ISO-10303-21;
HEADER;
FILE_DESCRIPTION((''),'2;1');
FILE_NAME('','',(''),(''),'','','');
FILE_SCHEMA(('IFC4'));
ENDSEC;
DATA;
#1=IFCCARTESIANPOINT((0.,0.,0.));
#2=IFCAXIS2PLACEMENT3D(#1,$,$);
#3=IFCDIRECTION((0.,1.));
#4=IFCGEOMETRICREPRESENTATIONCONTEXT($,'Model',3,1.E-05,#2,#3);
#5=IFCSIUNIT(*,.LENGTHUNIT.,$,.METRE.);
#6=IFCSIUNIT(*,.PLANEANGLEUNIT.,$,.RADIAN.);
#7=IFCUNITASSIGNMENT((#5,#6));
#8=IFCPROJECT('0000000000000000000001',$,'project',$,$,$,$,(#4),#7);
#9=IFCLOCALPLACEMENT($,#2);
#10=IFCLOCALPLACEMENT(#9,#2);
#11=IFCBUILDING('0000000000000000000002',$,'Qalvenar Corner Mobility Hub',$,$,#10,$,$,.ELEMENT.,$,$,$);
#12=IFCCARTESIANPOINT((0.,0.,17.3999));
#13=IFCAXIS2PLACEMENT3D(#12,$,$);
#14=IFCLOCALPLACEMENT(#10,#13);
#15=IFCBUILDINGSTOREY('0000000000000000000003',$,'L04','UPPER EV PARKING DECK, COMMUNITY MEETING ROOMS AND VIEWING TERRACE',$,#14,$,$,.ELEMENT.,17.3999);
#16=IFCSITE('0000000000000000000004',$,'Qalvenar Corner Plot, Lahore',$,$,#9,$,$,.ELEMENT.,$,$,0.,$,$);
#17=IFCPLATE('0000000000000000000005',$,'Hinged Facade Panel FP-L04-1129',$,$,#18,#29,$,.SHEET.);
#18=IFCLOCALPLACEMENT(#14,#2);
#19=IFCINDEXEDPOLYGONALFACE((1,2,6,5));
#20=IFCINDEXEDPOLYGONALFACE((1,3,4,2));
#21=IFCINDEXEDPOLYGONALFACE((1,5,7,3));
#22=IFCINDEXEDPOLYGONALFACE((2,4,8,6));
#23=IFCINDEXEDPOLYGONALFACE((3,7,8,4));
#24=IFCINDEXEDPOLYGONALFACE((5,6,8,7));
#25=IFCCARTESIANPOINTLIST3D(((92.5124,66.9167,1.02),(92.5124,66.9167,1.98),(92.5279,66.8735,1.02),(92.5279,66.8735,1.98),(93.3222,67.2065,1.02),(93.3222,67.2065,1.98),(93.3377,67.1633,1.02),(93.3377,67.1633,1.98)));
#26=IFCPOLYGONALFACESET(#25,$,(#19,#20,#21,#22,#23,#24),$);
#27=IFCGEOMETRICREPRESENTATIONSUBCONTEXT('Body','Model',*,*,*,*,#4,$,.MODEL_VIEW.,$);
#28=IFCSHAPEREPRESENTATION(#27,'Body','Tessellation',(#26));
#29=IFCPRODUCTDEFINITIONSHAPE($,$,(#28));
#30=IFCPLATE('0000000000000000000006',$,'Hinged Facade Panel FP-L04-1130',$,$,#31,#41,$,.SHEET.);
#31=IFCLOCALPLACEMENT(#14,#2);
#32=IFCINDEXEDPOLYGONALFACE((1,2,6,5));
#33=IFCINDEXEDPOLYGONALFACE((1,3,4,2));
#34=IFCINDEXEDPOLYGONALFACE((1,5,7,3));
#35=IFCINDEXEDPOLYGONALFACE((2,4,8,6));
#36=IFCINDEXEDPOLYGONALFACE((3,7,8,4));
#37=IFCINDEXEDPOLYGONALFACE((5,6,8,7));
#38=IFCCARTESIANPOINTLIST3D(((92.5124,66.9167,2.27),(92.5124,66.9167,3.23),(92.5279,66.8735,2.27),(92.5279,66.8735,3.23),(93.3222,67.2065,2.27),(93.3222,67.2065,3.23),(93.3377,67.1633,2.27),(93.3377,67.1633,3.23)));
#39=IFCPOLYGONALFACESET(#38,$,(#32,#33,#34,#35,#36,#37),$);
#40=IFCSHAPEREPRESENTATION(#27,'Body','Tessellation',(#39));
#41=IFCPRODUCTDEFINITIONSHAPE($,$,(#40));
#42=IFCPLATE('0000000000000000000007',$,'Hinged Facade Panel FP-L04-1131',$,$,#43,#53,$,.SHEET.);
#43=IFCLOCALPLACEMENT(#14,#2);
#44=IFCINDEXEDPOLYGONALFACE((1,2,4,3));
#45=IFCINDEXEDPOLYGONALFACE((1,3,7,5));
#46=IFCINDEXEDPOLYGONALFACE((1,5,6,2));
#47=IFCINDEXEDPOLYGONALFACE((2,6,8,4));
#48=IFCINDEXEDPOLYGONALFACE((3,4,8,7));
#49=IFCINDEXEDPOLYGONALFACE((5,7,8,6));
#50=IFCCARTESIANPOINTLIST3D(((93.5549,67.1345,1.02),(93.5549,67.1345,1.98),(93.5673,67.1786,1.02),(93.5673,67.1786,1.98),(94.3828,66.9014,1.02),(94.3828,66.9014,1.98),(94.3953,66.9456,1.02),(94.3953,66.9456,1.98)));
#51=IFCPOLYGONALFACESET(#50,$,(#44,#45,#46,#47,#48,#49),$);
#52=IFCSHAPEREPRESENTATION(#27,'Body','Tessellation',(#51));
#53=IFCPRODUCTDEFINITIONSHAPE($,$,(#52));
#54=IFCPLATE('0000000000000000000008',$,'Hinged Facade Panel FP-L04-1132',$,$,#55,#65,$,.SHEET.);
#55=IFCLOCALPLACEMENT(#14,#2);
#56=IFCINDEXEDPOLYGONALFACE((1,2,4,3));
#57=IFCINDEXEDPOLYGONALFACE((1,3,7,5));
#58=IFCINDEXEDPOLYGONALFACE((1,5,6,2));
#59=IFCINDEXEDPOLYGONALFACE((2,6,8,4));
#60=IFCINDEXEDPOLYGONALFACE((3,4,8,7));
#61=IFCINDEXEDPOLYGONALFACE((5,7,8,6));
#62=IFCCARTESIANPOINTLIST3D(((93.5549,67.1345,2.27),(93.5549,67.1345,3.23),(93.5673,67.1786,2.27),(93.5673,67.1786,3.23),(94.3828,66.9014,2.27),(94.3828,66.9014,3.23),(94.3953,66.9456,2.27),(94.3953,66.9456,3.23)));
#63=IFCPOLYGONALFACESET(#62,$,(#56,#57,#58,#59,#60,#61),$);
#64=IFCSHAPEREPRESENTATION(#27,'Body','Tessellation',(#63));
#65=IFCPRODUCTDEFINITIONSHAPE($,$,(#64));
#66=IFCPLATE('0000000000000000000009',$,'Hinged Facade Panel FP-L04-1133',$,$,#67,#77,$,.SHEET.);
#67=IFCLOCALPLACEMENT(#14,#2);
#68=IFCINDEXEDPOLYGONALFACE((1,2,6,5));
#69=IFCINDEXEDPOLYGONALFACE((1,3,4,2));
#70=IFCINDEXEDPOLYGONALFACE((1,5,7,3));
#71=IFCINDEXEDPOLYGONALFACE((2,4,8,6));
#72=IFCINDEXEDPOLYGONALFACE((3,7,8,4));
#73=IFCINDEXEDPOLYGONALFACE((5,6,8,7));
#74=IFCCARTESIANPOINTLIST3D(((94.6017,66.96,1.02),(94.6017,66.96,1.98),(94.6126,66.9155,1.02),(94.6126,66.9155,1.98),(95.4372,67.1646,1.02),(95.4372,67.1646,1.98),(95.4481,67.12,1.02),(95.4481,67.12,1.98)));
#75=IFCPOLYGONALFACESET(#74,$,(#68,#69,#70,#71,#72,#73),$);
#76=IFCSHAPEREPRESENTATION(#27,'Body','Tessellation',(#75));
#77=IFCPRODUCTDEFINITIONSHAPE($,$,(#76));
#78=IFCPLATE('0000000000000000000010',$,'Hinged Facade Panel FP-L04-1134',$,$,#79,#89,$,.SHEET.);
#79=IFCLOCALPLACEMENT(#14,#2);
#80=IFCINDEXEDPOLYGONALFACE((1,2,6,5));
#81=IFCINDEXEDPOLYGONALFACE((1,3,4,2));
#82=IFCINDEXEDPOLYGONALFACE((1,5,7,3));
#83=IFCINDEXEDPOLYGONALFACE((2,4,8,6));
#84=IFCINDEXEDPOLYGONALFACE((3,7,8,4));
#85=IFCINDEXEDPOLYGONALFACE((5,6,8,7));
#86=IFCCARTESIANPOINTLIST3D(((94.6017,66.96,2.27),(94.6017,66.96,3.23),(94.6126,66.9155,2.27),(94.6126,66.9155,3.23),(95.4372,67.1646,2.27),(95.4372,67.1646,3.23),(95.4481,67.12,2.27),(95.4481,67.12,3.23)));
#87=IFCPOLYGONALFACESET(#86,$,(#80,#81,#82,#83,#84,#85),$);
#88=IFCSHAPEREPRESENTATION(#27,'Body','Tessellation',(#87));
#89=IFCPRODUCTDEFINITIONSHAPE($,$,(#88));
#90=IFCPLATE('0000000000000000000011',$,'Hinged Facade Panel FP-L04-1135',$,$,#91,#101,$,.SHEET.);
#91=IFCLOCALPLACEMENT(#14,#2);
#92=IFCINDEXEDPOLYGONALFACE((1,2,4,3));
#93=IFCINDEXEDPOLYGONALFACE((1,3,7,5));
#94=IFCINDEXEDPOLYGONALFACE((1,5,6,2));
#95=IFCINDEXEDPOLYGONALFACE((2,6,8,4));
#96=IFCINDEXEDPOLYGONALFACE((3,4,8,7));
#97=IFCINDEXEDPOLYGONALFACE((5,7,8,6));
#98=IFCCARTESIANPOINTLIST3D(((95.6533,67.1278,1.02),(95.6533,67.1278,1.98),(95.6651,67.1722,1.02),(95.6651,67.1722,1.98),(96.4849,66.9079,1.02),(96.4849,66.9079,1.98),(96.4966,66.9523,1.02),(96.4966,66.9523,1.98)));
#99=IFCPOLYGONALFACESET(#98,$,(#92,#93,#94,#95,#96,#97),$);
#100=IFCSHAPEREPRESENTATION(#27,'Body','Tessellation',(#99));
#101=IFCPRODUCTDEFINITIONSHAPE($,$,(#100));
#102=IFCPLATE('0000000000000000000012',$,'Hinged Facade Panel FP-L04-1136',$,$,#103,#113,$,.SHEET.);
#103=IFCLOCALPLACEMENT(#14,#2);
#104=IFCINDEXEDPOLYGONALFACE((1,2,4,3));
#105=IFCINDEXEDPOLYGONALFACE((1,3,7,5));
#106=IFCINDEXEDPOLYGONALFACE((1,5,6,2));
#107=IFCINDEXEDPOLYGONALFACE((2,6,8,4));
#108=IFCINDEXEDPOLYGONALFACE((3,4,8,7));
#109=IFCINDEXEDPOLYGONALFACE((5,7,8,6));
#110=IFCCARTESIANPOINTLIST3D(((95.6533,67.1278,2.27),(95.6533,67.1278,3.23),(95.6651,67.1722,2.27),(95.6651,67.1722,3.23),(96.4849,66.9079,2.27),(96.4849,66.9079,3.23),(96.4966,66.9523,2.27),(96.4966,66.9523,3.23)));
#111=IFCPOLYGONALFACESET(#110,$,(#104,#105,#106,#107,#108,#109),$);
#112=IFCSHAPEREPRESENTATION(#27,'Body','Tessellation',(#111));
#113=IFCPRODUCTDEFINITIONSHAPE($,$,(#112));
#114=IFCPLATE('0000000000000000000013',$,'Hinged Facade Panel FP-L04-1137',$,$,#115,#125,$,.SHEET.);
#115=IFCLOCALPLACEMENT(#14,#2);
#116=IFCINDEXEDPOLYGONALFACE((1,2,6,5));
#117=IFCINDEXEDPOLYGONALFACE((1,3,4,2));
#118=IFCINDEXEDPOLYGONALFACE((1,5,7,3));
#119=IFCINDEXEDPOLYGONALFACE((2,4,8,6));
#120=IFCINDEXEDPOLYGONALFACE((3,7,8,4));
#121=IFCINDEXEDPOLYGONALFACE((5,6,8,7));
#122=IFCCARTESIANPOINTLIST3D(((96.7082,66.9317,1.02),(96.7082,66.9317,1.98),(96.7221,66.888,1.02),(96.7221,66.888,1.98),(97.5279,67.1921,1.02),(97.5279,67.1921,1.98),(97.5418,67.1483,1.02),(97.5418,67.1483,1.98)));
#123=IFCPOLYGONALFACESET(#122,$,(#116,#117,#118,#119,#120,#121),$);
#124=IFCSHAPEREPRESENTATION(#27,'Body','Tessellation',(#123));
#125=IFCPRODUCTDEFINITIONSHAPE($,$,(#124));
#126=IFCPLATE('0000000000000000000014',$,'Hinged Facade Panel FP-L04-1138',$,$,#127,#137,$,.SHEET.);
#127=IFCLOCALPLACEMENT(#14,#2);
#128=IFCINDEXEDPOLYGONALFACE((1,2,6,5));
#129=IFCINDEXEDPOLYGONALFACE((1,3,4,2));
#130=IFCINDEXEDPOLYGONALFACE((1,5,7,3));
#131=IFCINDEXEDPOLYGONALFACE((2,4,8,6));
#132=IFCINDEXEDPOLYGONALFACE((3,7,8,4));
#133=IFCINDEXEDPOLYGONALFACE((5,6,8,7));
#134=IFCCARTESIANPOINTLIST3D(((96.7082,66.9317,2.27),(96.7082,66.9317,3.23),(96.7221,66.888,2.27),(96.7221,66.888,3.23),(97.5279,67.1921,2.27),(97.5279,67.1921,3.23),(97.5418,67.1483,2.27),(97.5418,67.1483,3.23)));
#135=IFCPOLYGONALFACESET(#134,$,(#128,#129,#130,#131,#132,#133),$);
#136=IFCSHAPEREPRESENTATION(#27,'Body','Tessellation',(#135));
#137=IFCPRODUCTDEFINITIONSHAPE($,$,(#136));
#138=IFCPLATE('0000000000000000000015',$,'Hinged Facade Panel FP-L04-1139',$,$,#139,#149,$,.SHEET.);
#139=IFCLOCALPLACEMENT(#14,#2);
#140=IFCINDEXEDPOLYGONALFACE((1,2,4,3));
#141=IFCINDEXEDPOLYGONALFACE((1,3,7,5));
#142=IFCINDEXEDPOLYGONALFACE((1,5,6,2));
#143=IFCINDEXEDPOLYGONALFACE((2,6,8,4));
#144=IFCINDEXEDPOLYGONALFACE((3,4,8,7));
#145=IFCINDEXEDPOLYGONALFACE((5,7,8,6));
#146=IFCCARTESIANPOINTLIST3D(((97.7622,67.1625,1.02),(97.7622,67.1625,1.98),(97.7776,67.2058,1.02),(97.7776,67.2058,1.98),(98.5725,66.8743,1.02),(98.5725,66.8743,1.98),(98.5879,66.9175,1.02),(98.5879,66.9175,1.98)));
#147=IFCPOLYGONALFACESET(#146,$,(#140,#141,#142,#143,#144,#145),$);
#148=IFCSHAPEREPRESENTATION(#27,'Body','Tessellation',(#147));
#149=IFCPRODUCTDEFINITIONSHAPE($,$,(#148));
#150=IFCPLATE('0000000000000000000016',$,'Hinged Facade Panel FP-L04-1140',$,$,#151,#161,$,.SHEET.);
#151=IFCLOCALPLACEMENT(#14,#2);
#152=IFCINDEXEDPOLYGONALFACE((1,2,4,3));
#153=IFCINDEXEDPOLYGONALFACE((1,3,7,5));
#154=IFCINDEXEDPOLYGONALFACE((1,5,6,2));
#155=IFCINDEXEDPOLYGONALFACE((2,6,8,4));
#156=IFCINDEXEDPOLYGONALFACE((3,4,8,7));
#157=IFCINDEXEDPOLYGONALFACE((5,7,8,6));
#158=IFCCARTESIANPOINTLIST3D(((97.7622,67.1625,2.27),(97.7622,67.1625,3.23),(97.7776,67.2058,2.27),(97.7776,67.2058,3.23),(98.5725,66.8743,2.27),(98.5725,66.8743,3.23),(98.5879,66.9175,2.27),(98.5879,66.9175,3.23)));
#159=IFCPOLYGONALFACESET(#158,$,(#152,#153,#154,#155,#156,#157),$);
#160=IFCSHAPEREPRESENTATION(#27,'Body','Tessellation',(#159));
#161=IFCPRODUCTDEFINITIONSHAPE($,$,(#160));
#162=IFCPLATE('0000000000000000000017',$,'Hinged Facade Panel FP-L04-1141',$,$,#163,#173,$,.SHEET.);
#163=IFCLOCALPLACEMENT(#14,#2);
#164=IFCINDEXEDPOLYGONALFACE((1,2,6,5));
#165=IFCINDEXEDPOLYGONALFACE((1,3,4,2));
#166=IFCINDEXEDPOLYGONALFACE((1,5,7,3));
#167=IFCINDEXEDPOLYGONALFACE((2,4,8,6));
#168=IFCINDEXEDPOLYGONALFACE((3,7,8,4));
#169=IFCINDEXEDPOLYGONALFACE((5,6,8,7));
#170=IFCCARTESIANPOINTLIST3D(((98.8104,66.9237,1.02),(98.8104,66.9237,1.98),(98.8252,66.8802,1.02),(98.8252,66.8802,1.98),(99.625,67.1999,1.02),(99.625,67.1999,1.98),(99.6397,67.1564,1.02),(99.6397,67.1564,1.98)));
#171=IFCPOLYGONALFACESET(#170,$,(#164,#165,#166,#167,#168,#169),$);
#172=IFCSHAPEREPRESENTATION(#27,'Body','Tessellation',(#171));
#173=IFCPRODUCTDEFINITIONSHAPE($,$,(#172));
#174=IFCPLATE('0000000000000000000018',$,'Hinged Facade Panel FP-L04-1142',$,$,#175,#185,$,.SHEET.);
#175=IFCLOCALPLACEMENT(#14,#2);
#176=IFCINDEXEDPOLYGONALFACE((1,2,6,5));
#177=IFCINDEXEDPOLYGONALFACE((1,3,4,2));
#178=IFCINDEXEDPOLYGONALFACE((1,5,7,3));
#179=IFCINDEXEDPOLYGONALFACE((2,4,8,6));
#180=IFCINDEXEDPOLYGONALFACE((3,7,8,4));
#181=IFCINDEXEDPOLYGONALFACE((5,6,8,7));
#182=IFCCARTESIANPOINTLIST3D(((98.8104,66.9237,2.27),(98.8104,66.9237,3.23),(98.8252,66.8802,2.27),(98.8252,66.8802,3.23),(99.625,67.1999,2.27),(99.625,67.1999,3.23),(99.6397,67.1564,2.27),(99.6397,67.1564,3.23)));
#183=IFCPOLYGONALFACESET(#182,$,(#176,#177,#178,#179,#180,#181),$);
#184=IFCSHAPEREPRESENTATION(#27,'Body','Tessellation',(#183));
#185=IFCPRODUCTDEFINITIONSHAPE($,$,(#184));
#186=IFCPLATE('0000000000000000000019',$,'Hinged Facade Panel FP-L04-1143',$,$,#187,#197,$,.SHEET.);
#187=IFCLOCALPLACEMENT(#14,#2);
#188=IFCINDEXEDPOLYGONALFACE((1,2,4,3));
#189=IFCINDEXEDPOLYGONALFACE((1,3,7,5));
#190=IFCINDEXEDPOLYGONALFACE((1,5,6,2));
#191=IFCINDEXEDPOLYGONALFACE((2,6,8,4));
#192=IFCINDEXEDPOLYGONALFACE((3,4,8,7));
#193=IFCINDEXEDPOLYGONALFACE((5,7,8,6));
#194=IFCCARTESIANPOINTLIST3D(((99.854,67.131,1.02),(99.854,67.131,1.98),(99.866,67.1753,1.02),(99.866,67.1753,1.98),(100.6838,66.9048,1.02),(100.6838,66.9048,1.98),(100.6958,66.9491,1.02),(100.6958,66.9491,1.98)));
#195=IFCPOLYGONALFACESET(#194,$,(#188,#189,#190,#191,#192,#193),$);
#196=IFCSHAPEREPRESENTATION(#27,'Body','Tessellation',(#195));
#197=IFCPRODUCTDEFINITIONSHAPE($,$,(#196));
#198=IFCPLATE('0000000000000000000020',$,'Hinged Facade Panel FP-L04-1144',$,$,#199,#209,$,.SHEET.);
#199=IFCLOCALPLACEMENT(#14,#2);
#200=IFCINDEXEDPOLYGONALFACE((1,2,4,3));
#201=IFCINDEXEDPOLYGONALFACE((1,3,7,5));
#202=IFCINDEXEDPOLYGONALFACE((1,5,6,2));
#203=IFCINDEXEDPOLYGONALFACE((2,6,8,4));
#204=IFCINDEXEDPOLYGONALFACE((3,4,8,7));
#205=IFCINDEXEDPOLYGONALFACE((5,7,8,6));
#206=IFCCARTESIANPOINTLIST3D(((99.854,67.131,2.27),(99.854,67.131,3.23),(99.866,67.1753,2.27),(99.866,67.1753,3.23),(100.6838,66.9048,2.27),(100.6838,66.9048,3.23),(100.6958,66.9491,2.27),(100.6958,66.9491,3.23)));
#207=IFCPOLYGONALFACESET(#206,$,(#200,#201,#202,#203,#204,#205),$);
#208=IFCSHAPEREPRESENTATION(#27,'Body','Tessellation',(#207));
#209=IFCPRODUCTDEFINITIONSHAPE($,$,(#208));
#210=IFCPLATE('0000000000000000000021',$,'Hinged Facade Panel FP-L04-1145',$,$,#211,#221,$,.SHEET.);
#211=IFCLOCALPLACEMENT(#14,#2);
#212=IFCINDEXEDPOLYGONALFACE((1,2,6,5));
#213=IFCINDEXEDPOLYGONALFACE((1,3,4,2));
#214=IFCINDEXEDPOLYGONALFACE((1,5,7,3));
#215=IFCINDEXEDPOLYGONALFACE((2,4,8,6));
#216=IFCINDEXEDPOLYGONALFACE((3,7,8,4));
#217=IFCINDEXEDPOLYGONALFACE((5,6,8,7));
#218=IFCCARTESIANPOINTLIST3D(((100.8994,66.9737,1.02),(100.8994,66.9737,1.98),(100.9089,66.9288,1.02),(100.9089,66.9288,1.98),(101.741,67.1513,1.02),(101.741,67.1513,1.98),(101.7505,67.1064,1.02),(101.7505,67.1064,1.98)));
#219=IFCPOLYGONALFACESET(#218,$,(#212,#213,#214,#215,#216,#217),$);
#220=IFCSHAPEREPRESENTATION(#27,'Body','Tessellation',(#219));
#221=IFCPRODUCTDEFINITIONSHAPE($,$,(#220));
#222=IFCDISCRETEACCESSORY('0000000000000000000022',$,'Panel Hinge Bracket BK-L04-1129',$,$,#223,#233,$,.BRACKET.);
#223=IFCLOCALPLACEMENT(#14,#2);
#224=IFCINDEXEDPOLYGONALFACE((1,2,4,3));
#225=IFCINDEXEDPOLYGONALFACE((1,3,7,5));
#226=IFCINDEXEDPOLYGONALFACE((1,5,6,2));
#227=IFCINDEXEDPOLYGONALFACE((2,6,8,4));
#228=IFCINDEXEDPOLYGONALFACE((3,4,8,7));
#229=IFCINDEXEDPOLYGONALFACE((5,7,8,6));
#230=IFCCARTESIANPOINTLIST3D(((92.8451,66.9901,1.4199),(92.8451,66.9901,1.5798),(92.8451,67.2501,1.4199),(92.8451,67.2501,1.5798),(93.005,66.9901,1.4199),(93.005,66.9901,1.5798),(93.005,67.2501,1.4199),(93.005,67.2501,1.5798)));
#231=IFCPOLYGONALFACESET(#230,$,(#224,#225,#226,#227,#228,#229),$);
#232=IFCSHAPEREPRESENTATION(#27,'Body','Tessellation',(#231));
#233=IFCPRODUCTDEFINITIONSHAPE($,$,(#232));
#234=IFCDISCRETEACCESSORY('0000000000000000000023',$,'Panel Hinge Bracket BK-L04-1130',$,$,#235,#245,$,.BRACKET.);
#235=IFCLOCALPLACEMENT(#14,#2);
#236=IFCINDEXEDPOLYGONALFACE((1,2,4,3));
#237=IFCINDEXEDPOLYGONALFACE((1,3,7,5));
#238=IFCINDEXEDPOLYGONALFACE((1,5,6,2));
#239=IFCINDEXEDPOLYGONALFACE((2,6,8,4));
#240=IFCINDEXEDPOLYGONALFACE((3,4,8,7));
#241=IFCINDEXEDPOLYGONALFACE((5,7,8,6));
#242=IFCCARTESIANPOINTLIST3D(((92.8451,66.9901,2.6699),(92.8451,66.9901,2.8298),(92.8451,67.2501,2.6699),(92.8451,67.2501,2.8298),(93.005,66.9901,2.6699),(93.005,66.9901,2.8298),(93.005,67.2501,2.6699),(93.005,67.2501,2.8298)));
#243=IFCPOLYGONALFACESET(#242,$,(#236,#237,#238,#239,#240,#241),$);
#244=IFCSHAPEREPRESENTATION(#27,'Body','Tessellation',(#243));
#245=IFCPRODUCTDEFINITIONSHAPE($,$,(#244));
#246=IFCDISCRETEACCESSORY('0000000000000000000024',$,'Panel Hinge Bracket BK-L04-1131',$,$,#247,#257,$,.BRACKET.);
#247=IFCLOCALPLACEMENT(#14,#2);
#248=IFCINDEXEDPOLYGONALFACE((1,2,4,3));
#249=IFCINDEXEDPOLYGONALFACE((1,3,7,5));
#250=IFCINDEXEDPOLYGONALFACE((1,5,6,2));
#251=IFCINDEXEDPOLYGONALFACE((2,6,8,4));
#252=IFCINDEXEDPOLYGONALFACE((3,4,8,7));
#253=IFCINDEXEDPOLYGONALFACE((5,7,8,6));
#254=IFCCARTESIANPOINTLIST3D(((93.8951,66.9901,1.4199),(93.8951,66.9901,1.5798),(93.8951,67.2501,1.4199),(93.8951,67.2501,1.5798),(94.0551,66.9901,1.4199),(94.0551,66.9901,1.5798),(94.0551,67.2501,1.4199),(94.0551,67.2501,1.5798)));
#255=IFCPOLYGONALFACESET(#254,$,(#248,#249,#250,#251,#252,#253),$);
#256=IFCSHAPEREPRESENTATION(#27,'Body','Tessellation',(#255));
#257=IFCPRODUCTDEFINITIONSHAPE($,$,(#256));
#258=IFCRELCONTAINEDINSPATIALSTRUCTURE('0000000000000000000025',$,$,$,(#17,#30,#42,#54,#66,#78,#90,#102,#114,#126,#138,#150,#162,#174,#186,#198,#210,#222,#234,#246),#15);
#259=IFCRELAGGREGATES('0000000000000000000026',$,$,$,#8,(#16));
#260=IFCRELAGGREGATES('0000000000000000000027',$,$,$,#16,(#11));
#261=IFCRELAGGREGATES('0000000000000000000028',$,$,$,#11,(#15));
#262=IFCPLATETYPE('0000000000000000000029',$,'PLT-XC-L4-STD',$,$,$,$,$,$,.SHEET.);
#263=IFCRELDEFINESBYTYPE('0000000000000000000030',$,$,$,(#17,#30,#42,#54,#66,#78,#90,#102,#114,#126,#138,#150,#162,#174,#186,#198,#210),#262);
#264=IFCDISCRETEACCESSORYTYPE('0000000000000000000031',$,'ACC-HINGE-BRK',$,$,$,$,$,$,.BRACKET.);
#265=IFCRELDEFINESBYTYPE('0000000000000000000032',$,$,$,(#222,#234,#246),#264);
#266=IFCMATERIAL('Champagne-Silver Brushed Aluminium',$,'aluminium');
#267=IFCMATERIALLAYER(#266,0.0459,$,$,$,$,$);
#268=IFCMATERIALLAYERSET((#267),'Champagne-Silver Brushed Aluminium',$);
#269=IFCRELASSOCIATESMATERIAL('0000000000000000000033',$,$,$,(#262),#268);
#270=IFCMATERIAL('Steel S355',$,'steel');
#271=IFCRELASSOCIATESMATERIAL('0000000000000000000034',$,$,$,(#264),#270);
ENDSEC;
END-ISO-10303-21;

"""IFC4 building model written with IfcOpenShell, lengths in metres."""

from ifc_helpers import new_model, si_unit, direction, frame, origin, origin_2d, place, context, subcontext, project, spatial, rectangle, extrude, material, layer, layer_set, type_object, element, save


model = new_model("IFC4")

# Units and contexts
model_context = context("Model", 3, precision=1e-05, world=origin(), true_north=direction((0.0, 1.0)))
body_context = subcontext(model_context, "Body", "Model", "MODEL_VIEW")
ifc_project = project(units=[si_unit("LENGTHUNIT", "METRE"), si_unit("PLANEANGLEUNIT", "RADIAN")], contexts=[model_context])

# Site, building, storey
site_placement = place(None, origin())
site = spatial("IfcSite", under=ifc_project, at=site_placement, Name="Qalvenar Corner Plot, Lahore", CompositionType="ELEMENT", RefElevation=0.0)
building_placement = place(site_placement, origin())
building = spatial("IfcBuilding", under=site, at=building_placement, Name="Qalvenar Corner Mobility Hub", CompositionType="ELEMENT")
storey_placement = place(building_placement, frame((0.0, 0.0, 17.3999)))
storey = spatial("IfcBuildingStorey", under=building, at=storey_placement, Name="L04", Description="UPPER EV PARKING DECK, COMMUNITY MEETING ROOMS AND VIEWING TERRACE", CompositionType="ELEMENT", Elevation=17.3999)

# Plates
ifc_material_1 = material(Name="Champagne-Silver Brushed Aluminium", Category="aluminium")
ifc_layer = layer(ifc_material_1, 0.0459)
ifc_layer_set = layer_set([ifc_layer], Name="Champagne-Silver Brushed Aluminium")
plate_type = type_object("IfcPlateType", Name="PLT-XC-L4-STD", PredefinedType="SHEET", material=ifc_layer_set)
for number, where, z_axis, x_axis, name in (
    (1, (92.925, 67.04, 1.02), (0.0, 0.0, 1.0), (0.941529, 0.336931, 0.0), "Hinged Facade Panel FP-L04-1129"),
    (2, (92.925, 67.04, 2.27), (0.0, 0.0, 1.0), (0.941529, 0.336931, 0.0), "Hinged Facade Panel FP-L04-1130"),
    (3, (93.9751, 67.04, 1.02), (0.0, 0.0, 1.0), (0.962597, -0.270936, 0.0), "Hinged Facade Panel FP-L04-1131"),
    (4, (93.9751, 67.04, 2.27), (0.0, 0.0, 1.0), (0.962597, -0.270936, 0.0), "Hinged Facade Panel FP-L04-1132"),
    (5, (95.0249, 67.04, 1.02), (0.0, 0.0, 1.0), (0.971301, 0.237855, 0.0), "Hinged Facade Panel FP-L04-1133"),
    (6, (95.0249, 67.04, 2.27), (0.0, 0.0, 1.0), (0.971301, 0.237855, 0.0), "Hinged Facade Panel FP-L04-1134"),
    (7, (96.075, 67.04, 1.02), (0.0, 0.0, 1.0), (0.966779, -0.255614, 0.0), "Hinged Facade Panel FP-L04-1135"),
    (8, (96.075, 67.04, 2.27), (0.0, 0.0, 1.0), (0.966779, -0.255614, 0.0), "Hinged Facade Panel FP-L04-1136"),
    (9, (97.125, 67.04, 1.02), (0.0, 0.0, 1.0), (0.953085, 0.302703, 0.0), "Hinged Facade Panel FP-L04-1137"),
    (10, (97.125, 67.04, 2.27), (0.0, 0.0, 1.0), (0.953085, 0.302703, 0.0), "Hinged Facade Panel FP-L04-1138"),
    (11, (98.175, 67.04, 1.02), (0.0, 0.0, 1.0), (0.942174, -0.335123, 0.0), "Hinged Facade Panel FP-L04-1139"),
    (12, (98.175, 67.04, 2.27), (0.0, 0.0, 1.0), (0.942174, -0.335123, 0.0), "Hinged Facade Panel FP-L04-1140"),
    (13, (99.2251, 67.04, 1.02), (0.0, 0.0, 1.0), (0.947042, 0.321109, 0.0), "Hinged Facade Panel FP-L04-1141"),
    (14, (99.2251, 67.04, 2.27), (0.0, 0.0, 1.0), (0.947042, 0.321109, 0.0), "Hinged Facade Panel FP-L04-1142"),
    (15, (100.2749, 67.04, 1.02), (0.0, 0.0, 1.0), (0.964787, -0.263031, 0.0), "Hinged Facade Panel FP-L04-1143"),
    (16, (100.2749, 67.04, 2.27), (0.0, 0.0, 1.0), (0.964787, -0.263031, 0.0), "Hinged Facade Panel FP-L04-1144"),
    (17, (101.325, 67.04, 1.02), (0.0, 0.0, 1.0), (0.978437, 0.206546, 0.0), "Hinged Facade Panel FP-L04-1145"),
):
    element("IfcPlate", number, at=place(storey_placement, frame(where, z_axis=z_axis, x_axis=x_axis)), inside=storey, type_object=plate_type, Name=name, PredefinedType="SHEET", context=body_context, shape_type="SweptSolid", body=[
        extrude(rectangle(XDim=0.8601, YDim=0.0459, at=origin_2d()), origin(), (0.0, 0.0, 1.0), 0.96),
    ])

# Discrete accessories
ifc_material_2 = material(Name="Steel S355", Category="steel")
discrete_accessory_type = type_object("IfcDiscreteAccessoryType", Name="ACC-HINGE-BRK", PredefinedType="BRACKET", material=ifc_material_2)
for number, where, z_axis, x_axis, name in (
    (18, (92.925, 67.1201, 1.4199), (0.0, 0.0, 1.0), (1.0, 0.0, 0.0), "Panel Hinge Bracket BK-L04-1129"),
    (19, (92.925, 67.1201, 2.6699), (0.0, 0.0, 1.0), (1.0, 0.0, 0.0), "Panel Hinge Bracket BK-L04-1130"),
    (20, (93.9751, 67.1201, 1.4199), (0.0, 0.0, 1.0), (1.0, 0.0, 0.0), "Panel Hinge Bracket BK-L04-1131"),
):
    element("IfcDiscreteAccessory", number, at=place(storey_placement, frame(where, z_axis=z_axis, x_axis=x_axis)), inside=storey, type_object=discrete_accessory_type, Name=name, PredefinedType="BRACKET", context=body_context, shape_type="SweptSolid", body=[
        extrude(rectangle(XDim=0.1599, YDim=0.26, at=origin_2d()), origin(), (0.0, 0.0, 1.0), 0.1599),
    ])

save(model, "model.ifc")
